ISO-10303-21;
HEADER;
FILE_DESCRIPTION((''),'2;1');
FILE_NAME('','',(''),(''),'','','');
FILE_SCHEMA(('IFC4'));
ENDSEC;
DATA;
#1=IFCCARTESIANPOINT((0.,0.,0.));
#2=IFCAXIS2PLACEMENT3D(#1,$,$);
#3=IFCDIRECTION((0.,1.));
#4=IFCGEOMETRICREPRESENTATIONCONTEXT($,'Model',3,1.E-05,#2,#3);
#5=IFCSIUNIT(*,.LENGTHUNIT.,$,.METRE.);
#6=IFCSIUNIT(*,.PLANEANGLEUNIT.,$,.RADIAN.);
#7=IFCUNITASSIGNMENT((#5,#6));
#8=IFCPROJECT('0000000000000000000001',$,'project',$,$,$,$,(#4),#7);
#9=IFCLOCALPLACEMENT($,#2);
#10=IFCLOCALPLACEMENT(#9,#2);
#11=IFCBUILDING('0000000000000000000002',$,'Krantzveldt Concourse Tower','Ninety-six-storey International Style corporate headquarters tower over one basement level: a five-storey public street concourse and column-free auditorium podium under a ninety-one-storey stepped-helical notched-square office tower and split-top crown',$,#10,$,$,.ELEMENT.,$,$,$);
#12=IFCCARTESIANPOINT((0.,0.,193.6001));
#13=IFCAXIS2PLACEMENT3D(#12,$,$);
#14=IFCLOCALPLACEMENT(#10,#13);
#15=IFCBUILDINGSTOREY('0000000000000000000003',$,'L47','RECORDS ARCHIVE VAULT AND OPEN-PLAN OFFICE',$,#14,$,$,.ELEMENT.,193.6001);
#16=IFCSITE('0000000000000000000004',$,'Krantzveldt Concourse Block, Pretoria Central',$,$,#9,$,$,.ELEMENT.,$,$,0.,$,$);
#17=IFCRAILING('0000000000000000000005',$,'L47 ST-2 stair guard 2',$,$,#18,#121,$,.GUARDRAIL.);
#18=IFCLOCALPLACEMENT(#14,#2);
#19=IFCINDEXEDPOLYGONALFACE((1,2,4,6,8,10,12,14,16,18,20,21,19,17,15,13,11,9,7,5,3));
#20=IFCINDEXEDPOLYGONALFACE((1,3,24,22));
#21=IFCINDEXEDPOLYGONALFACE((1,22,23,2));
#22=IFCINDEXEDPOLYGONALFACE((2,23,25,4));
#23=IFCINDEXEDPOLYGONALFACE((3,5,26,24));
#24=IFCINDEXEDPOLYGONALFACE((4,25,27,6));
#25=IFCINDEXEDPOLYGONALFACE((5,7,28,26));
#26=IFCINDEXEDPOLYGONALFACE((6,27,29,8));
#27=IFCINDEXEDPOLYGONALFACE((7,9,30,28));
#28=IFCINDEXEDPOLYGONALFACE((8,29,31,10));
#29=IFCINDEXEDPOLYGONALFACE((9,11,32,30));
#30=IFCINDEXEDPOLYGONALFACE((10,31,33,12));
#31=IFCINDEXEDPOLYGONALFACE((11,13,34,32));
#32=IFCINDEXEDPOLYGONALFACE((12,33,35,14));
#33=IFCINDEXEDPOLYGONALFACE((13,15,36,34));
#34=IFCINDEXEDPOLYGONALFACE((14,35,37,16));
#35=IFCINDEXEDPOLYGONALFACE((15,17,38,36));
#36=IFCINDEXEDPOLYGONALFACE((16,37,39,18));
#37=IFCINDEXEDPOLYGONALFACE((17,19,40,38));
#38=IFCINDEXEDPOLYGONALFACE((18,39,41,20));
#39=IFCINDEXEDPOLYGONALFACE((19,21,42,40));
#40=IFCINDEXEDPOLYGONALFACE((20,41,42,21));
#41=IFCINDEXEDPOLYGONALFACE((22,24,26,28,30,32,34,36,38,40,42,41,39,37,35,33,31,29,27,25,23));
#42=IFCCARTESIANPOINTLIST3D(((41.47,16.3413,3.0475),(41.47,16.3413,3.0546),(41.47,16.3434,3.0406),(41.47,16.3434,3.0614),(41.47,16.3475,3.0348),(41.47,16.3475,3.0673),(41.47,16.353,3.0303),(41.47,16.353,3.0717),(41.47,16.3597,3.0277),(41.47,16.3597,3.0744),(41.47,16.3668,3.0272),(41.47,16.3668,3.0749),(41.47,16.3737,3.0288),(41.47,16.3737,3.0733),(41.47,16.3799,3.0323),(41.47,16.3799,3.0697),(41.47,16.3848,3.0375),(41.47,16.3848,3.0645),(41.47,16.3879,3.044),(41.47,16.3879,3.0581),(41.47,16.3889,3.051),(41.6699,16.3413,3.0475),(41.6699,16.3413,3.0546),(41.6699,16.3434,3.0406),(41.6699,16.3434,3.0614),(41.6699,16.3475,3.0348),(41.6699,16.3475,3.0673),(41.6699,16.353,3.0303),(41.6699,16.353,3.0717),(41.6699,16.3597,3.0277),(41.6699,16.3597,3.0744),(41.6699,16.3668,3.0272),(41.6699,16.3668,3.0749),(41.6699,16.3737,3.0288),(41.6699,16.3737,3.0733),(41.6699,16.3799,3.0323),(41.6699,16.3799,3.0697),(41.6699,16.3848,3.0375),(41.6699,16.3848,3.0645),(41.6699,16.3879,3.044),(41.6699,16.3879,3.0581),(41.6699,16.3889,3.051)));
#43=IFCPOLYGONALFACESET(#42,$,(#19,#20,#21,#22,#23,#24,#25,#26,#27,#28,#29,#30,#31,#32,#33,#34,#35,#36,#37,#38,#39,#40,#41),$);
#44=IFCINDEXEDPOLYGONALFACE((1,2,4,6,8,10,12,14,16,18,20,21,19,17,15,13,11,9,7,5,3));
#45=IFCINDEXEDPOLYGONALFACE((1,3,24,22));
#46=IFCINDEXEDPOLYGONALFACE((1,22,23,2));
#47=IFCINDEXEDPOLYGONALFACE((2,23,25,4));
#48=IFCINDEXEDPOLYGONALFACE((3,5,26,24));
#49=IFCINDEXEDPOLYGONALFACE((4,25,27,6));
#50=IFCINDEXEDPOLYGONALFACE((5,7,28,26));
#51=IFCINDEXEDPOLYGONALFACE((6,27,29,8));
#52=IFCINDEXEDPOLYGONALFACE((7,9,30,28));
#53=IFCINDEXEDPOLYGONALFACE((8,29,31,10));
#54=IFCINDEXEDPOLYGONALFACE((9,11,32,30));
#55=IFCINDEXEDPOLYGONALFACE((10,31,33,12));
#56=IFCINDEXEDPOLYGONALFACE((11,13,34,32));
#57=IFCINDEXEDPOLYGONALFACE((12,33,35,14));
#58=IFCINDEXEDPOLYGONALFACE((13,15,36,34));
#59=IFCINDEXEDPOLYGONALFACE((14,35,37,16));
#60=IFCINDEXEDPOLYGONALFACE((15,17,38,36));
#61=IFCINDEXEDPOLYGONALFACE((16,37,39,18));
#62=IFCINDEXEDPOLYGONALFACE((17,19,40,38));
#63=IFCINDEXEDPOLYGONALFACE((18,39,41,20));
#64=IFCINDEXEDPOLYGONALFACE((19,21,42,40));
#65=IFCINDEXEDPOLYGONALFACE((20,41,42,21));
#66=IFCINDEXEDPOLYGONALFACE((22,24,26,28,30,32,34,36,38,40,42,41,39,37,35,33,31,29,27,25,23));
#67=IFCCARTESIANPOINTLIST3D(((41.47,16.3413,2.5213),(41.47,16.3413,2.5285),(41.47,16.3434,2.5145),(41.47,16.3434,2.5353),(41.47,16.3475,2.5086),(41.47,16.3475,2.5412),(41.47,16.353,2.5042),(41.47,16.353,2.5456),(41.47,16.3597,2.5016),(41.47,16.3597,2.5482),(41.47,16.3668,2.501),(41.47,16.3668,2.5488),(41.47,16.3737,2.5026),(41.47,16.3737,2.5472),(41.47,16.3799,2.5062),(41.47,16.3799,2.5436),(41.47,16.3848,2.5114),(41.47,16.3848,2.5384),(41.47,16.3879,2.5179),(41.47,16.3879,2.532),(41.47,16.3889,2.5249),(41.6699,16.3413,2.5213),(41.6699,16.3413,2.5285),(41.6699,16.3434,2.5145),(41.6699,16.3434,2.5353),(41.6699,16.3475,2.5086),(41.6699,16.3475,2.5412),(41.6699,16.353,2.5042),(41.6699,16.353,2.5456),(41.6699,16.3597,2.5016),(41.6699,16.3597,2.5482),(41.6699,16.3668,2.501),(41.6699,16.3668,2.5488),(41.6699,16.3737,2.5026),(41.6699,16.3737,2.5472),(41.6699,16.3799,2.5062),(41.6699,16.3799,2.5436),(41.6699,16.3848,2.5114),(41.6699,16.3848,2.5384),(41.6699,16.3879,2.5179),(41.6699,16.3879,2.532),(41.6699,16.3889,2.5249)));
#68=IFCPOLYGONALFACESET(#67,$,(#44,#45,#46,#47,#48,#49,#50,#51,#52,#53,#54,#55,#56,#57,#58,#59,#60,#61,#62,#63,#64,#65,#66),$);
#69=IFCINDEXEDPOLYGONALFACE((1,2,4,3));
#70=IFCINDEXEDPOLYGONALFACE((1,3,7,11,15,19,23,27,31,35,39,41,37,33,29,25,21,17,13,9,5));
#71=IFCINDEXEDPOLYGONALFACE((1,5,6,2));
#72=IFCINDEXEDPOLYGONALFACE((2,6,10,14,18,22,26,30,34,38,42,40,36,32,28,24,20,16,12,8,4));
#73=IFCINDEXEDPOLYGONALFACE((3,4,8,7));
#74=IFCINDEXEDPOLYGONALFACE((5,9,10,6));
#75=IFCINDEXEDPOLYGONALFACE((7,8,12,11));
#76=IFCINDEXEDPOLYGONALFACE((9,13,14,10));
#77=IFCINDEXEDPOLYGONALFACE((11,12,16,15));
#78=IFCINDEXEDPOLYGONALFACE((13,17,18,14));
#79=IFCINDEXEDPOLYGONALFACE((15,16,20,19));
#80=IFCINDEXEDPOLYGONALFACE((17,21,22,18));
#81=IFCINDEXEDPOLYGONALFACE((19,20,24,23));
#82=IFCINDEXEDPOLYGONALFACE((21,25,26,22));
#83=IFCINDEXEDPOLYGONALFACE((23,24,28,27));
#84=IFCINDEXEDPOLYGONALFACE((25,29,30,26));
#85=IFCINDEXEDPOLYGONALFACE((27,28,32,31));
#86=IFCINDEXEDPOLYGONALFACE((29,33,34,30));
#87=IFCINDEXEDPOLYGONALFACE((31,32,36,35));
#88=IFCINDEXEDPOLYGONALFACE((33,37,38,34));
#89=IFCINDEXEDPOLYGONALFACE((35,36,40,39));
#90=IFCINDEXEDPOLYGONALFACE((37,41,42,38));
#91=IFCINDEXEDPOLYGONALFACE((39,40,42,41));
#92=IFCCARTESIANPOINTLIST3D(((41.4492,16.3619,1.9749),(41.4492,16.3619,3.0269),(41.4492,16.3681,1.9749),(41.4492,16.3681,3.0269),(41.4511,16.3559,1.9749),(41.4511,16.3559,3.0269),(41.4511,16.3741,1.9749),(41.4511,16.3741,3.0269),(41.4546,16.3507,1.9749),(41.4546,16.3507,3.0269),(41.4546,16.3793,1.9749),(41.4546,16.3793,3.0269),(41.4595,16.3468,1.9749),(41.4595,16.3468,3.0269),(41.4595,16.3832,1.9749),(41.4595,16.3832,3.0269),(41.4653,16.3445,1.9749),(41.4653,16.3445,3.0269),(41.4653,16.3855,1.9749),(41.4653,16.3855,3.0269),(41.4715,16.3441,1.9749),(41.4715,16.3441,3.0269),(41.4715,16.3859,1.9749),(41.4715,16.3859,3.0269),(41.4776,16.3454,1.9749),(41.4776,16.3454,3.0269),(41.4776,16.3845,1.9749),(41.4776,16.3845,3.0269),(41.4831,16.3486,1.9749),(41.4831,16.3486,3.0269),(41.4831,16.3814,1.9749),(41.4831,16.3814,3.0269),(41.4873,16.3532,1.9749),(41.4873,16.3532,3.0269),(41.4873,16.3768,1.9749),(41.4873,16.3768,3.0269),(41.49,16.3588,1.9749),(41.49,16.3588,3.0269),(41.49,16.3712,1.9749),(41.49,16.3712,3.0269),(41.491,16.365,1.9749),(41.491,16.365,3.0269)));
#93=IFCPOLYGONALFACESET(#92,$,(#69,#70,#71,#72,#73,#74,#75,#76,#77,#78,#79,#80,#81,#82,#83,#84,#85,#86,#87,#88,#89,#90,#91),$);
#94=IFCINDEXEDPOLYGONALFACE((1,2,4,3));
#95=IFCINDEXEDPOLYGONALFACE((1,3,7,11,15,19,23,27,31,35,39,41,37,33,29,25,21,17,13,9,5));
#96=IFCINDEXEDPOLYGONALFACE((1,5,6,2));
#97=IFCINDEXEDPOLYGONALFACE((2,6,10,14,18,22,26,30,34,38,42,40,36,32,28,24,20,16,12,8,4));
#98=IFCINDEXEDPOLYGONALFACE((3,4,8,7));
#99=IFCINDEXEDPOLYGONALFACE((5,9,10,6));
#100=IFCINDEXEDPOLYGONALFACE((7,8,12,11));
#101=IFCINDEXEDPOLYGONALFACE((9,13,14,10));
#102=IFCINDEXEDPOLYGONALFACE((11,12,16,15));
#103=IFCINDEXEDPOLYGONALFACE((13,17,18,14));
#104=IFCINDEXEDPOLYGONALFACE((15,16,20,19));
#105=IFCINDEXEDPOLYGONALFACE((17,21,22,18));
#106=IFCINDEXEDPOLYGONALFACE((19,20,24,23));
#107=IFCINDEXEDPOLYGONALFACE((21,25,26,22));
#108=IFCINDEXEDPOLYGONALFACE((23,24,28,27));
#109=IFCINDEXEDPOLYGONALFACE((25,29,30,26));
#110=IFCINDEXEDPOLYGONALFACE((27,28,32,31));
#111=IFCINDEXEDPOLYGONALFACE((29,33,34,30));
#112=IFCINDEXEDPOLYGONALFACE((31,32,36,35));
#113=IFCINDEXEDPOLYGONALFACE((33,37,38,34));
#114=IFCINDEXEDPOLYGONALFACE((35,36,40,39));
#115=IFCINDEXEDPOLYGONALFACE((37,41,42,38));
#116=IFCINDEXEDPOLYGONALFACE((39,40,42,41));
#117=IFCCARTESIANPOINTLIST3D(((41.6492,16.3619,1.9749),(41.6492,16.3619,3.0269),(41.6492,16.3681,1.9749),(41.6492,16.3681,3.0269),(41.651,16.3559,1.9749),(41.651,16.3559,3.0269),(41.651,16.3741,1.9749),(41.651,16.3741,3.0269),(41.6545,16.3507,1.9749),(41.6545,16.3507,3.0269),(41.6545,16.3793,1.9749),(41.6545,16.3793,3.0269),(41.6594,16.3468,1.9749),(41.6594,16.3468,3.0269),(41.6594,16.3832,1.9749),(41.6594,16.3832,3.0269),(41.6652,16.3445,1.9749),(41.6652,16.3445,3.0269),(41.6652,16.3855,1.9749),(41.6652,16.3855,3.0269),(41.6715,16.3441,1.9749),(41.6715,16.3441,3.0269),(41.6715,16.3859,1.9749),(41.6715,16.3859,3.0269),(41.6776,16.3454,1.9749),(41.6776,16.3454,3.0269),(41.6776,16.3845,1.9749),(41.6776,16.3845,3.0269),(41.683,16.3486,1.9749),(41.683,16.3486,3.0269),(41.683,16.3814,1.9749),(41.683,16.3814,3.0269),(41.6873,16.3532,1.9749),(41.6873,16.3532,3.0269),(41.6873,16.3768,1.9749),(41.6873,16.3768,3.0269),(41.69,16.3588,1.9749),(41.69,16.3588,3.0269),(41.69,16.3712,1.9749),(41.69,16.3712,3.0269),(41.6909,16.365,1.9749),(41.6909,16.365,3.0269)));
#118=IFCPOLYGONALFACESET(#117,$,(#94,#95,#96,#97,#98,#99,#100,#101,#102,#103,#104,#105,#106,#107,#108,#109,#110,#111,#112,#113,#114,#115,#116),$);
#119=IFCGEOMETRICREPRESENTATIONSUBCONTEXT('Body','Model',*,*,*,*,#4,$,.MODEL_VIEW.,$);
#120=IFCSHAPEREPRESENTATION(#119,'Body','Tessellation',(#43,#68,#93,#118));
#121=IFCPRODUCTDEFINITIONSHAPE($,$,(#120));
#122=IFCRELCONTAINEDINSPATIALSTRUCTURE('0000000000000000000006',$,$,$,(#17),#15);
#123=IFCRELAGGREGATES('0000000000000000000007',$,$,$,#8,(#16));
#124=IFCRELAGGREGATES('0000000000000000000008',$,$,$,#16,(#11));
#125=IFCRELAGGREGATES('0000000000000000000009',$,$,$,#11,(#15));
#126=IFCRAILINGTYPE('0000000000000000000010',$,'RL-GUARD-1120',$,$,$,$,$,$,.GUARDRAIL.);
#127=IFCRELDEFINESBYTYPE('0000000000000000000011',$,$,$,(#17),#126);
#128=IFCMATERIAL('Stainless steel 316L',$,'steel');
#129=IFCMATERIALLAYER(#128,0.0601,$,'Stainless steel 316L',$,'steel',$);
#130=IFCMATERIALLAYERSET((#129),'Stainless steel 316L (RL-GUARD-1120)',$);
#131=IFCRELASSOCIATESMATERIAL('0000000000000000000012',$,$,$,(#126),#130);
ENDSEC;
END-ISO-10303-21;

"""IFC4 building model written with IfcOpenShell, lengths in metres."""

from ifc_helpers import new_model, si_unit, direction, frame, origin, origin_2d, place, context, subcontext, project, spatial, circle, extrude, material, layer, layer_set, type_object, element, save


model = new_model("IFC4")

# Units and contexts
model_context = context("Model", 3, precision=1e-05, world=origin(), true_north=direction((0.0, 1.0)))
body_context = subcontext(model_context, "Body", "Model", "MODEL_VIEW")
ifc_project = project(units=[si_unit("LENGTHUNIT", "METRE"), si_unit("PLANEANGLEUNIT", "RADIAN")], contexts=[model_context])

# Site, building, storey
site_placement = place(None, origin())
site = spatial("IfcSite", under=ifc_project, at=site_placement, Name="Krantzveldt Concourse Block, Pretoria Central", CompositionType="ELEMENT", RefElevation=0.0)
building_placement = place(site_placement, origin())
building = spatial("IfcBuilding", under=site, at=building_placement, Name="Krantzveldt Concourse Tower", Description="Ninety-six-storey International Style corporate headquarters tower over one basement level: a five-storey public street concourse and column-free auditorium podium under a ninety-one-storey stepped-helical notched-square office tower and split-top crown", CompositionType="ELEMENT")
storey_placement = place(building_placement, frame((0.0, 0.0, 193.6001)))
storey = spatial("IfcBuildingStorey", under=building, at=storey_placement, Name="L47", Description="RECORDS ARCHIVE VAULT AND OPEN-PLAN OFFICE", CompositionType="ELEMENT", Elevation=193.6001)

# Shared definitions
ifc_material_1 = material(Name="Stainless steel 316L", Category="steel")

# Railing
ifc_layer_1 = layer(ifc_material_1, 0.0601, Name="Stainless steel 316L", Category="steel")
ifc_layer_set_1 = layer_set([ifc_layer_1], Name="Stainless steel 316L (RL-GUARD-1120)")
railing_type_1 = type_object("IfcRailingType", Name="RL-GUARD-1120", PredefinedType="GUARDRAIL", material=ifc_layer_set_1)
railing_1_placement = place(storey_placement, frame((41.47, 16.365, 1.9749)))
element("IfcRailing", 1, at=railing_1_placement, inside=storey, type_object=railing_type_1, Name="L47 ST-2 stair guard 2", PredefinedType="GUARDRAIL", context=body_context, shape_type="SweptSolid", body=[
    extrude(circle(Radius=0.0239, at=origin_2d()), frame((0.0, 0.0, 1.0762), z_axis=(1.0, 0.0, 0.0), x_axis=(0.0, 1.0, 0.0)), (0.0, 0.0, 1.0), 0.2),
    extrude(circle(Radius=0.0239, at=origin_2d()), frame((0.0, 0.0, 0.55), z_axis=(1.0, 0.0, 0.0), x_axis=(0.0, 1.0, 0.0)), (0.0, 0.0, 1.0), 0.2),
    extrude(circle(Radius=0.021, at=origin_2d()), origin(), (0.0, 0.0, 1.0), 1.052),
    extrude(circle(Radius=0.021, at=origin_2d()), frame((0.2, 0.0, 0.0)), (0.0, 0.0, 1.0), 1.052),
])

save(model, "model.ifc")
